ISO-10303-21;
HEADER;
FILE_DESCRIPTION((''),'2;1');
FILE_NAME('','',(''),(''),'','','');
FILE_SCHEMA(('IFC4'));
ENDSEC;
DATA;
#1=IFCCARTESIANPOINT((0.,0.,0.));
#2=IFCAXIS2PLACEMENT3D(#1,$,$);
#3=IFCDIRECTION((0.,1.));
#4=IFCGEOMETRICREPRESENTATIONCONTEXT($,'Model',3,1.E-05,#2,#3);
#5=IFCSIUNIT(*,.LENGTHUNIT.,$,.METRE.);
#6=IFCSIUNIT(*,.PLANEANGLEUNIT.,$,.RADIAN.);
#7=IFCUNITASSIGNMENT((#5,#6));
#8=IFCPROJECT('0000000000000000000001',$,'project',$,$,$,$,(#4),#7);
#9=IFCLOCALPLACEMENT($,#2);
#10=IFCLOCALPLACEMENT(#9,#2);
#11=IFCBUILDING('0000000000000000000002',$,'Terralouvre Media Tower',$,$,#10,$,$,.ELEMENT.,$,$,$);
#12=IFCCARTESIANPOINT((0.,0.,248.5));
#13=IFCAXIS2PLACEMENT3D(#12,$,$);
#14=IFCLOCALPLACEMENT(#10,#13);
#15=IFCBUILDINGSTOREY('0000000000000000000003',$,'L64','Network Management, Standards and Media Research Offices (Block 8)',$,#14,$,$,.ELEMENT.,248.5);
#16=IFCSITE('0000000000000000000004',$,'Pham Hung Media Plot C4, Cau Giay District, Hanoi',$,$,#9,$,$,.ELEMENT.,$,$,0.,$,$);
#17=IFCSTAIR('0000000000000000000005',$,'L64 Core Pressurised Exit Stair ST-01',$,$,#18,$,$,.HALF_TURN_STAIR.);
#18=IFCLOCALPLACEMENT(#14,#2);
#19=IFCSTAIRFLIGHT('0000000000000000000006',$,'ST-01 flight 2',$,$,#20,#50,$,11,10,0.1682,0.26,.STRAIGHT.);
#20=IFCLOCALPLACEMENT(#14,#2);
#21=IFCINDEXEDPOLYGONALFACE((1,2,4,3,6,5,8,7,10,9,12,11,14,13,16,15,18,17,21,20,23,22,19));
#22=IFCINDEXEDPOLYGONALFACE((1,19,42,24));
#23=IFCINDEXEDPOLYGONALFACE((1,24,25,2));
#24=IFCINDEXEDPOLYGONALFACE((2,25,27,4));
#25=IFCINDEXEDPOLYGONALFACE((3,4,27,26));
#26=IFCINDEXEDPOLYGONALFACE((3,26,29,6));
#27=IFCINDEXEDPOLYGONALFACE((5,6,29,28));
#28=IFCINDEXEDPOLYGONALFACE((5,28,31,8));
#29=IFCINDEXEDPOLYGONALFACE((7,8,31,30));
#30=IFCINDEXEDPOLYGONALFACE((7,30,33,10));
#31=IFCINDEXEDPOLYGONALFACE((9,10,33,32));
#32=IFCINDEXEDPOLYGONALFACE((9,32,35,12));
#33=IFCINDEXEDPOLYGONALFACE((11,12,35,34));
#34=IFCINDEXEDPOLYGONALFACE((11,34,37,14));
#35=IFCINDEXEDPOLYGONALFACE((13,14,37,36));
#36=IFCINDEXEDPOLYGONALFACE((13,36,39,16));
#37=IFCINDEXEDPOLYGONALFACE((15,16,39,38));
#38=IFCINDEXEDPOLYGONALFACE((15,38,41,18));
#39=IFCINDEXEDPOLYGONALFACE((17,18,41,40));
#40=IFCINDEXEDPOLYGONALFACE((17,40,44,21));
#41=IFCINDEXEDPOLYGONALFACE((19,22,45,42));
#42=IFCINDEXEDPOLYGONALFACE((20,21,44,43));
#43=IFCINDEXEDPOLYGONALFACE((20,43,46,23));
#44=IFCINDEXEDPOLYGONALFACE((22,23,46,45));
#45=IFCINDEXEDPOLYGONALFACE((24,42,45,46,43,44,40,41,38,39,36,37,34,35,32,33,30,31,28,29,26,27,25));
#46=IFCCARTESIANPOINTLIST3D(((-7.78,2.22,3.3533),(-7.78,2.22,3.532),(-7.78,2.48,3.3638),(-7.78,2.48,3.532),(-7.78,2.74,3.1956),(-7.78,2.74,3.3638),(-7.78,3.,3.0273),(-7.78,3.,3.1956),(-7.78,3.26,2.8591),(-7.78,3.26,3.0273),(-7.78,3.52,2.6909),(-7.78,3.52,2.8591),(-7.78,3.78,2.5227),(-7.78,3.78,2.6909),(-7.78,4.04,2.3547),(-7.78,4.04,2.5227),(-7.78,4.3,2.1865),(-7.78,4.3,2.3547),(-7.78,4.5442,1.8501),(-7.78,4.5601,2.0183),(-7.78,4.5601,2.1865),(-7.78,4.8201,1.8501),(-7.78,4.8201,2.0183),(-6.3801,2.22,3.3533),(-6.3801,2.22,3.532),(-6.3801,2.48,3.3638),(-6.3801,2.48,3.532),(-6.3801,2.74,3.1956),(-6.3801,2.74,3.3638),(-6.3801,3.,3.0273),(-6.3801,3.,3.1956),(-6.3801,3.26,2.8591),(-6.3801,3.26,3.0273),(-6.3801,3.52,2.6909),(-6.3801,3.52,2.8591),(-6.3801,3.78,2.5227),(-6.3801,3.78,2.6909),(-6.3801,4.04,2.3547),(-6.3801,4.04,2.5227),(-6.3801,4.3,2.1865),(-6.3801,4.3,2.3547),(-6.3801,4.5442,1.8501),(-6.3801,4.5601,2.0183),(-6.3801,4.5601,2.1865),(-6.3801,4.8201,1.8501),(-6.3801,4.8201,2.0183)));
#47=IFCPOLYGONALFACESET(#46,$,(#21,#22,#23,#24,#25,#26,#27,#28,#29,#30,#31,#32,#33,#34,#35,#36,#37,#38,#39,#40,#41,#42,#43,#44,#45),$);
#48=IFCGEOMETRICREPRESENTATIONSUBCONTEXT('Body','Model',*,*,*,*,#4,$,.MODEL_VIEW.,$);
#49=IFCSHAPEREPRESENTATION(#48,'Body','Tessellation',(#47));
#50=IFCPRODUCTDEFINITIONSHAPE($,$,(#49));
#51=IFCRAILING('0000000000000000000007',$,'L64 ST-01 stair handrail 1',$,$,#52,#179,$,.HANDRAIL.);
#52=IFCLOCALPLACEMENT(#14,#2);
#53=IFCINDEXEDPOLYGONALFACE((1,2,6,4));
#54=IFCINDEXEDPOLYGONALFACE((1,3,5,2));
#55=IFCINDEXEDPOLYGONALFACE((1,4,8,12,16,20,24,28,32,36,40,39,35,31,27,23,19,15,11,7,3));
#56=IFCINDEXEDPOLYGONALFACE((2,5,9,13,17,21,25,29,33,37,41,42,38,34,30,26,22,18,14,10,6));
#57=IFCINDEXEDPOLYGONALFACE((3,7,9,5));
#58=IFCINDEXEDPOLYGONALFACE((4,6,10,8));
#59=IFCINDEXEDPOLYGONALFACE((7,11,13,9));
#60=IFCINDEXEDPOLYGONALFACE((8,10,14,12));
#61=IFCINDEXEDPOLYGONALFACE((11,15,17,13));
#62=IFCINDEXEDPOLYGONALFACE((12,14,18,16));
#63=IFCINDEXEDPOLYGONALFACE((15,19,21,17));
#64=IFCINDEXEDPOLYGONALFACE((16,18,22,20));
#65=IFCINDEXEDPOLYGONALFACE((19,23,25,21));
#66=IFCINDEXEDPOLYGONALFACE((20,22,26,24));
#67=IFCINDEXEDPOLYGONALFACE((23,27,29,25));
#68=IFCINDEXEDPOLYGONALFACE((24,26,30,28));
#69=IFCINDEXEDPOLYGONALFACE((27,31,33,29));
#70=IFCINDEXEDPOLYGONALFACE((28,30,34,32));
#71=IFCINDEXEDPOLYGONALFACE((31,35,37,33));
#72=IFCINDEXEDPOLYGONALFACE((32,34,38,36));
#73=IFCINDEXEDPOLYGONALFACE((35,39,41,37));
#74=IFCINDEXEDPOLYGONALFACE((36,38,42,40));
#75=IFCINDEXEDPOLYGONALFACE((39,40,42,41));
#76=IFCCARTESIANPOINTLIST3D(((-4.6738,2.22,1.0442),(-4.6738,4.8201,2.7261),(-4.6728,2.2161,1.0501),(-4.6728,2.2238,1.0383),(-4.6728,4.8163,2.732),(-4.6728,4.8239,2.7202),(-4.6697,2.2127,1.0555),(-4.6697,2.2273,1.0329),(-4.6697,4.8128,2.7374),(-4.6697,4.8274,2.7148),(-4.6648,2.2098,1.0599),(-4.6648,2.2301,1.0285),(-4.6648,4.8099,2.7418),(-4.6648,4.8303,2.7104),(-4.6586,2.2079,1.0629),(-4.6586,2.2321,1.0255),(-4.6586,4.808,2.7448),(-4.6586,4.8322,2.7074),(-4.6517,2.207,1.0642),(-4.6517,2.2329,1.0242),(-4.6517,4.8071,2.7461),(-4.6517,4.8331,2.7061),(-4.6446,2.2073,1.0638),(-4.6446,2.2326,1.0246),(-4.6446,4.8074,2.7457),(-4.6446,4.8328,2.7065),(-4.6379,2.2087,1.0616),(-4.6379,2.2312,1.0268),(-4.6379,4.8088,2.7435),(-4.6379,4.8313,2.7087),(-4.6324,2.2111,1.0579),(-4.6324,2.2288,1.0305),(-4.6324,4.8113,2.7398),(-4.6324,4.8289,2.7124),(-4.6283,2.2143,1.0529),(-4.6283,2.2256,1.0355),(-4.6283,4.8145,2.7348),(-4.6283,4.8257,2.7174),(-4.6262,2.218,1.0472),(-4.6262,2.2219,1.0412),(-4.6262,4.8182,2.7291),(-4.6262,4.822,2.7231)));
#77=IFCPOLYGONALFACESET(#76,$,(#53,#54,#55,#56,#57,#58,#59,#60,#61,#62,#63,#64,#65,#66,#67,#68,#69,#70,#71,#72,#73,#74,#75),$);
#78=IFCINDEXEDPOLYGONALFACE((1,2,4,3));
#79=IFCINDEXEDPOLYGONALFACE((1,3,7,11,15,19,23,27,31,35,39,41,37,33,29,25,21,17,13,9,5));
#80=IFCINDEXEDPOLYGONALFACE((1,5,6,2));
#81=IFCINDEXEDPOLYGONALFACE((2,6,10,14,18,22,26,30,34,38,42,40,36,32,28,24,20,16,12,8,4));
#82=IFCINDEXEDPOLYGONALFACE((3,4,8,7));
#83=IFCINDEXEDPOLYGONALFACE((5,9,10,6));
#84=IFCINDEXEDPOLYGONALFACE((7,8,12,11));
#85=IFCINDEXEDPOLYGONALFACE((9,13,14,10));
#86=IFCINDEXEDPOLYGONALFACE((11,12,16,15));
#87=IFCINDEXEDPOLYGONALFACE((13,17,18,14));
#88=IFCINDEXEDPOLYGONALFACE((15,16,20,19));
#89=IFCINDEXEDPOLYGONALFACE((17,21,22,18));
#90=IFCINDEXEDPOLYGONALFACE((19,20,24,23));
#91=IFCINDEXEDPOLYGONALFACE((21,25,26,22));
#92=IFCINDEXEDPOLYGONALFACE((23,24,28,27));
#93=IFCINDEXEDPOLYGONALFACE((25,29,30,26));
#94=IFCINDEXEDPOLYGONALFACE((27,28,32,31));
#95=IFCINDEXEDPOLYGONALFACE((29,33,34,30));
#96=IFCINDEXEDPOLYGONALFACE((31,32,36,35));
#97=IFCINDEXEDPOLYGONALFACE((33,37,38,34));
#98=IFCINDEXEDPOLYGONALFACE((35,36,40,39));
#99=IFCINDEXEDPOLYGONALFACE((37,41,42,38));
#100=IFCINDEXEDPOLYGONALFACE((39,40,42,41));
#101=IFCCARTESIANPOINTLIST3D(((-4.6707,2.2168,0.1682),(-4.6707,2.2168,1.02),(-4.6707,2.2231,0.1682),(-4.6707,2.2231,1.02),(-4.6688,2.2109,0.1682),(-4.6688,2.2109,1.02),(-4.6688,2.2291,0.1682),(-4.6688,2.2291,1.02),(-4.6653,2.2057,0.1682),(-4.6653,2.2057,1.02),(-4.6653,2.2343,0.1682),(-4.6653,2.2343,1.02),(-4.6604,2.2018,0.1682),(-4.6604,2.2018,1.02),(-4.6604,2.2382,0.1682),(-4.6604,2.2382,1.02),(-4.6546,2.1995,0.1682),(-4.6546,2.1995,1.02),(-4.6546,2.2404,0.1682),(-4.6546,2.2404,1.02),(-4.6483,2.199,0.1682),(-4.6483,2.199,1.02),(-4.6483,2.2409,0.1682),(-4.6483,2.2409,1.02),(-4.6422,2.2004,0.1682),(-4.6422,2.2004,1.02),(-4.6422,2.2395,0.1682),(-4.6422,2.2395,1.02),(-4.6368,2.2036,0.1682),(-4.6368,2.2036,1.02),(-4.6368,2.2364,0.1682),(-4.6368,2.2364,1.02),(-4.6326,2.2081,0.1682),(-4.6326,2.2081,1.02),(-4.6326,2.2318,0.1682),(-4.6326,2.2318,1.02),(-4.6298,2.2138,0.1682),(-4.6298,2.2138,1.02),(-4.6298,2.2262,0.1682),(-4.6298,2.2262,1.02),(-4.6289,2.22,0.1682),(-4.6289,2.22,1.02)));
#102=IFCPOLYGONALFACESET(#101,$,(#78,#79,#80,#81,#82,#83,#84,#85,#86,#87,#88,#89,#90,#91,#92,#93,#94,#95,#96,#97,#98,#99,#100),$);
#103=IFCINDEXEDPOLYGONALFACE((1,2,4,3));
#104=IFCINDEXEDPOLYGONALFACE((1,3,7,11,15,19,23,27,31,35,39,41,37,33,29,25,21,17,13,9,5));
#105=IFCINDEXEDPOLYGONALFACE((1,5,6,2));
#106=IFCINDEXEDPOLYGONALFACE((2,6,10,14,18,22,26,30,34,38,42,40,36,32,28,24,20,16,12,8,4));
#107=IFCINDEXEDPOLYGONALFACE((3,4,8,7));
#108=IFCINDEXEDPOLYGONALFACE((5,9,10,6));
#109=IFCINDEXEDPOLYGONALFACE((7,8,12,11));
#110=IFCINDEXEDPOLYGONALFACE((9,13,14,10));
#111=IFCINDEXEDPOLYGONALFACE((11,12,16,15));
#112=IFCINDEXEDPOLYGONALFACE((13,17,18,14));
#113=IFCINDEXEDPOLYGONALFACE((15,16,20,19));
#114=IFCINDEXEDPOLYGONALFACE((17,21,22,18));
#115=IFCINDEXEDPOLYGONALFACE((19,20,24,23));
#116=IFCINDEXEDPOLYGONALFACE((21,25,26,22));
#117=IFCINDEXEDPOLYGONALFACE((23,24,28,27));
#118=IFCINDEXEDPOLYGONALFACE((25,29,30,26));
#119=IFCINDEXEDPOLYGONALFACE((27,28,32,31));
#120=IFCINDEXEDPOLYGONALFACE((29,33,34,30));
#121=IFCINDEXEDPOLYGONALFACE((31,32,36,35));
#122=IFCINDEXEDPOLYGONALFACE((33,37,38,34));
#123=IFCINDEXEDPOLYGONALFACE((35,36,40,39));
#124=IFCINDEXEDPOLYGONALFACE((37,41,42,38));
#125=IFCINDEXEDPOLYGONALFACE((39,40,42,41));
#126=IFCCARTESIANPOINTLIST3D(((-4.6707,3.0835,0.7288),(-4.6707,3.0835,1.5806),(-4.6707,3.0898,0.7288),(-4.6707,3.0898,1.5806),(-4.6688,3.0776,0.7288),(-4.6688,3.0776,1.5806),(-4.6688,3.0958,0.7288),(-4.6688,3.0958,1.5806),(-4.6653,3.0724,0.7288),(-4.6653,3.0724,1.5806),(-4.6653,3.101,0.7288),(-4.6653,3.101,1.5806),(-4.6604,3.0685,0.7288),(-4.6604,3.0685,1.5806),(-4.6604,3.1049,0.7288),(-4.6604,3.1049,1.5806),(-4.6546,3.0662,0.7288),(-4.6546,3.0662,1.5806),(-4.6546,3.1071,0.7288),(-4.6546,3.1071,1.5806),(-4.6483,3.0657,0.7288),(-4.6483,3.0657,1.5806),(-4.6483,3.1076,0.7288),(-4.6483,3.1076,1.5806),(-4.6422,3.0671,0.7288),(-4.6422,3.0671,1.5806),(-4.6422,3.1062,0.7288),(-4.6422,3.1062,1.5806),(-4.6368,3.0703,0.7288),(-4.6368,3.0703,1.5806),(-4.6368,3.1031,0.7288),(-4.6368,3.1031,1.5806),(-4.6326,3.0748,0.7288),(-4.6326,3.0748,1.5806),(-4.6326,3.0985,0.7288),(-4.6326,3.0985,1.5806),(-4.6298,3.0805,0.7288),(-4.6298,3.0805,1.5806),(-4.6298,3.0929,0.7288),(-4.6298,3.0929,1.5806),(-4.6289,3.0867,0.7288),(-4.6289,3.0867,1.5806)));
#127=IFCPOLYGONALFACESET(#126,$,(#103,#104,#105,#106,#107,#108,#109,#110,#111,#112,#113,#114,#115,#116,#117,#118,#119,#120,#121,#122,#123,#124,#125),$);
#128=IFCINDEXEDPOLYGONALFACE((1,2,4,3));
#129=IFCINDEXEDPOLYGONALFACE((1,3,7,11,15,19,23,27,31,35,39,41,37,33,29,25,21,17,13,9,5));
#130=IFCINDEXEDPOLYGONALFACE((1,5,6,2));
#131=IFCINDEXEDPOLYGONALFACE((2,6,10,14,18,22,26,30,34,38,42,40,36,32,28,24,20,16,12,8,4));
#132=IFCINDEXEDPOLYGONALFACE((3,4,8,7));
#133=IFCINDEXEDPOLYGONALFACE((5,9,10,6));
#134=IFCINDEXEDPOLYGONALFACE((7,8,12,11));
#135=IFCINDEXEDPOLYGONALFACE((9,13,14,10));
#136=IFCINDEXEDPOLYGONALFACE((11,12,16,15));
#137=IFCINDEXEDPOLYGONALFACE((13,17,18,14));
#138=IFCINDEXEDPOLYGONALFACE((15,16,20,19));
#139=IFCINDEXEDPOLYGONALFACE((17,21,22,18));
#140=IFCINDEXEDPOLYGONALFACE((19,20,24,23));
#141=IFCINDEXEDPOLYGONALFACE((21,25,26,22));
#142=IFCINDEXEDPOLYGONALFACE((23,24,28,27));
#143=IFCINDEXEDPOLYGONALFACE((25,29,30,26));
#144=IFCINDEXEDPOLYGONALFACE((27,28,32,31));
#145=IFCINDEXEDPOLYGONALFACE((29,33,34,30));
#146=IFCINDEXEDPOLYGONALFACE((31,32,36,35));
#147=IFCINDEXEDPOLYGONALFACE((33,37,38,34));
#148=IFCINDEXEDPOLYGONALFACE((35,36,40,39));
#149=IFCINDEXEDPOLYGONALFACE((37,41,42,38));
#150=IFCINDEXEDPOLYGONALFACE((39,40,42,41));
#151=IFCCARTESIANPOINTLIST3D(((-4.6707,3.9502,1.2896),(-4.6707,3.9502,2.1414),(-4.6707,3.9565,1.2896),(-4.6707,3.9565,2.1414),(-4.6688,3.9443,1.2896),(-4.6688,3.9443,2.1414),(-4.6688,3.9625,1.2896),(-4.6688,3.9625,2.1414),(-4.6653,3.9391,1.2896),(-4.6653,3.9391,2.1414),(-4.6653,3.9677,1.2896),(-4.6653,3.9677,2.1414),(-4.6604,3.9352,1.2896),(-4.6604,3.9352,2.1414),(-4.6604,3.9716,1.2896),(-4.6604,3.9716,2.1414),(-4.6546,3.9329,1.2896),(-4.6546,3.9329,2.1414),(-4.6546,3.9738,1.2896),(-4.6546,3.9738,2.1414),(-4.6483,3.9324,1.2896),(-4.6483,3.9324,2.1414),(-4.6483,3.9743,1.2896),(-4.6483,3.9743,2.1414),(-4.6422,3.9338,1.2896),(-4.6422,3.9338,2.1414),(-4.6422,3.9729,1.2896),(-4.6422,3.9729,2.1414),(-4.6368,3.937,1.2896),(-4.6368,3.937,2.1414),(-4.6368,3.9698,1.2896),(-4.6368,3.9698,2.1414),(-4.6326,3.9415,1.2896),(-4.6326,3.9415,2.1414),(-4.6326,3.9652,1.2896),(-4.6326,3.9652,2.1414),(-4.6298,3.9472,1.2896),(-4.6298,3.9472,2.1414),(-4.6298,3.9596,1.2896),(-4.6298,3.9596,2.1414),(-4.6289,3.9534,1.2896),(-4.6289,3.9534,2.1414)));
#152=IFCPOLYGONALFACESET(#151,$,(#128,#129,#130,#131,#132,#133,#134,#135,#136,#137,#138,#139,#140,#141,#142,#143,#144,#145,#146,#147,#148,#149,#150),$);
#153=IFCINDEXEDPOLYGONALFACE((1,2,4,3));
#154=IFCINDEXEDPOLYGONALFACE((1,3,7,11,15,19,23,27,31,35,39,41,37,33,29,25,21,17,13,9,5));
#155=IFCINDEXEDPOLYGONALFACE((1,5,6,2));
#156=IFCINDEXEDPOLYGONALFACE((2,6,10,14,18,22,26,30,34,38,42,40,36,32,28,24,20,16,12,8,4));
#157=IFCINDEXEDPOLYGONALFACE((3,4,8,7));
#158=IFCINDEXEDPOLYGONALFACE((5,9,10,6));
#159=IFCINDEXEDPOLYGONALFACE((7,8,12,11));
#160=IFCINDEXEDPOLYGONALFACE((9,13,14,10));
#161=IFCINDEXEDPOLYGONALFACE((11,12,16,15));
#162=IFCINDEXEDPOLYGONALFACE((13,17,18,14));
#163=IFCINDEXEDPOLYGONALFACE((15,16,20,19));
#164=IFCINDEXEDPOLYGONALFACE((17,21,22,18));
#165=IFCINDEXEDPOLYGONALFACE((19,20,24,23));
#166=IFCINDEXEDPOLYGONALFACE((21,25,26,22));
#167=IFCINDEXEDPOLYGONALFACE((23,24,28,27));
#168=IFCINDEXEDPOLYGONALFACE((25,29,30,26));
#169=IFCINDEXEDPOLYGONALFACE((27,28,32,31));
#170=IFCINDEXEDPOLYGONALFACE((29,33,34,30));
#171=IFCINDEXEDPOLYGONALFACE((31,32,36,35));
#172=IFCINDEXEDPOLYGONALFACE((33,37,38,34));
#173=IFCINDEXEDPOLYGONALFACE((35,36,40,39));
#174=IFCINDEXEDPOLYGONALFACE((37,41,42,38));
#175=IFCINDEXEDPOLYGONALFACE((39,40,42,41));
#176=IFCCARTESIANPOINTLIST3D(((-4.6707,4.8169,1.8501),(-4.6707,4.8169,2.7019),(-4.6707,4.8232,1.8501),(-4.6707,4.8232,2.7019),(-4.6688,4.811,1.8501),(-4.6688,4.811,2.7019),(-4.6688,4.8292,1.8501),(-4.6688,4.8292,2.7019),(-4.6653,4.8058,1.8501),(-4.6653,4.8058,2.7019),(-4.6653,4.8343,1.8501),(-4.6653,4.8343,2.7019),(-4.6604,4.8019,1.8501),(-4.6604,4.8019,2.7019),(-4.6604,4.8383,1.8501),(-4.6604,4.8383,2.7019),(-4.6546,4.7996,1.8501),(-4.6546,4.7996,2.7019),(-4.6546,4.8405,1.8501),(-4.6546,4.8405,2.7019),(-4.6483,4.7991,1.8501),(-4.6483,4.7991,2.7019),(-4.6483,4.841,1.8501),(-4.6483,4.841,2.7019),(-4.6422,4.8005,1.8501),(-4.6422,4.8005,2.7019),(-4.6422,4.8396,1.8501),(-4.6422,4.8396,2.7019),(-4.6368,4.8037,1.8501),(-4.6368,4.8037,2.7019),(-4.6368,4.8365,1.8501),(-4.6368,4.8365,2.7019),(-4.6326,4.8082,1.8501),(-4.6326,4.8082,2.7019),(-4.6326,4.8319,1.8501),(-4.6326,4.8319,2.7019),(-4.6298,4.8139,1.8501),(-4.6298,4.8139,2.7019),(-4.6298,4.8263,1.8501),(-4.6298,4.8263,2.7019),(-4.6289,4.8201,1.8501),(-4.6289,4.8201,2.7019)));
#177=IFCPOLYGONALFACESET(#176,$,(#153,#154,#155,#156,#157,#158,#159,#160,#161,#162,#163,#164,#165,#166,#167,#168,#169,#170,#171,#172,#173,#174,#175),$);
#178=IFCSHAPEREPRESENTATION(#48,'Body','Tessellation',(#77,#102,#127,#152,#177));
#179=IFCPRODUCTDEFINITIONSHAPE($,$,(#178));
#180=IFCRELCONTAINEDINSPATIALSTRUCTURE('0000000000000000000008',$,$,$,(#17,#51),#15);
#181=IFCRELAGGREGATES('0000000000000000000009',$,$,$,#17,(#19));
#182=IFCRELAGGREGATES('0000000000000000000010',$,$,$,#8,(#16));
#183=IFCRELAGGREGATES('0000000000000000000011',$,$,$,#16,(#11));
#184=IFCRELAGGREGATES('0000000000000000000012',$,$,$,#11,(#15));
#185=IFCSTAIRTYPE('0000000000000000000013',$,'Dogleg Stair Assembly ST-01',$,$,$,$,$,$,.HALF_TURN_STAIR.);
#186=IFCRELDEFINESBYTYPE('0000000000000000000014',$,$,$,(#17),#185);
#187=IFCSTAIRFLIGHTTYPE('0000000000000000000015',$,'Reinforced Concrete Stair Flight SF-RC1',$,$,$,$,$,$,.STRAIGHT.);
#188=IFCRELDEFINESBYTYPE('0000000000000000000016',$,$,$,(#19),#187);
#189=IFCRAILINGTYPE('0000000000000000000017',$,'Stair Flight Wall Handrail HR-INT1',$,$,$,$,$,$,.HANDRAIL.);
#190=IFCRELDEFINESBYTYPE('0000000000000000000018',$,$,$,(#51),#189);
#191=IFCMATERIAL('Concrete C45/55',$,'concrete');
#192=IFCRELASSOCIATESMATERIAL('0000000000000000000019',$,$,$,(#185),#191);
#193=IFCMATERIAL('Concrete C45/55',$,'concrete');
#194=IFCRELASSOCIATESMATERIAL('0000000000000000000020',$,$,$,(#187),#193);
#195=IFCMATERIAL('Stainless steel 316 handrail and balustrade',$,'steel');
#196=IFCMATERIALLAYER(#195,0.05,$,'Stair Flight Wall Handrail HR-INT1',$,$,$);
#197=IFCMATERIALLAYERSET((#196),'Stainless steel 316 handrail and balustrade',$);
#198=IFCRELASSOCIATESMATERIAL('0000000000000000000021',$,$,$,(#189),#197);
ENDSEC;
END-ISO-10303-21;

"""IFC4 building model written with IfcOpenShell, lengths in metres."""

from ifc_helpers import new_model, si_unit, direction, frame, origin, origin_2d, place, context, subcontext, project, spatial, polyline, circle, outline, extrude, material, layer, layer_set, type_object, element, aggregate, save


model = new_model("IFC4")

# Units and contexts
model_context = context("Model", 3, precision=1e-05, world=origin(), true_north=direction((0.0, 1.0)))
body_context = subcontext(model_context, "Body", "Model", "MODEL_VIEW")
ifc_project = project(units=[si_unit("LENGTHUNIT", "METRE"), si_unit("PLANEANGLEUNIT", "RADIAN")], contexts=[model_context])

# Site, building, storey
site_placement = place(None, origin())
site = spatial("IfcSite", under=ifc_project, at=site_placement, Name="Pham Hung Media Plot C4, Cau Giay District, Hanoi", CompositionType="ELEMENT", RefElevation=0.0)
building_placement = place(site_placement, origin())
building = spatial("IfcBuilding", under=site, at=building_placement, Name="Terralouvre Media Tower", CompositionType="ELEMENT")
storey_placement = place(building_placement, frame((0.0, 0.0, 248.5)))
storey = spatial("IfcBuildingStorey", under=building, at=storey_placement, Name="L64", Description="Network Management, Standards and Media Research Offices (Block 8)", CompositionType="ELEMENT", Elevation=248.5)

# Stair, stair flight
ifc_material_1 = material(Name="Concrete C45/55", Category="concrete")
stair_type = type_object("IfcStairType", Name="Dogleg Stair Assembly ST-01", PredefinedType="HALF_TURN_STAIR", material=ifc_material_1)
stair_placement = place(storey_placement, origin())
stair = element("IfcStair", 1, at=stair_placement, inside=storey, type_object=stair_type, Name="L64 Core Pressurised Exit Stair ST-01", PredefinedType="HALF_TURN_STAIR")
ifc_material_2 = material(Name="Concrete C45/55", Category="concrete")
stair_flight_type = type_object("IfcStairFlightType", Name="Reinforced Concrete Stair Flight SF-RC1", PredefinedType="STRAIGHT", material=ifc_material_2)
stair_flight_1_placement = place(storey_placement, frame((-7.0801, 4.8201, 1.8501), z_axis=(0.0, 0.0, 1.0), x_axis=(0.0, -1.0, 0.0)))
stair_flight_1 = element("IfcStairFlight", 2, at=stair_flight_1_placement, type_object=stair_flight_type, Name="ST-01 flight 2", NumberOfRisers=11, NumberOfTreads=10, PredefinedType="STRAIGHT", RiserHeight=0.1682, TreadLength=0.26, context=body_context, shape_type="SweptSolid", body=[
    extrude(outline(polyline([(0.0, 0.0), (0.0, 0.1682), (0.26, 0.1682), (0.26, 0.3364), (0.52, 0.3364), (0.52, 0.5046), (0.78, 0.5046), (0.78, 0.6726), (1.04, 0.6726), (1.04, 0.8408), (1.3, 0.8408), (1.3, 1.009), (1.5601, 1.009), (1.5601, 1.1772), (1.8201, 1.1772), (1.8201, 1.3455), (2.0801, 1.3455), (2.0801, 1.5137), (2.3401, 1.5137), (2.3401, 1.6819), (2.6001, 1.6819), (2.6001, 1.8501), (2.6001, 1.5032), (0.2759, 0.0), (0.0, 0.0)])), frame((0.0, 0.7, 0.0), z_axis=(0.0, -1.0, 0.0), x_axis=(1.0, 0.0, 0.0)), (0.0, 0.0, 1.0), 1.3999),
])
aggregate(stair, [stair_flight_1])

# Railing
ifc_material_3 = material(Name="Stainless steel 316 handrail and balustrade", Category="steel")
ifc_layer_1 = layer(ifc_material_3, 0.05, Name="Stair Flight Wall Handrail HR-INT1")
ifc_layer_set_1 = layer_set([ifc_layer_1], Name="Stainless steel 316 handrail and balustrade")
railing_type_1 = type_object("IfcRailingType", Name="Stair Flight Wall Handrail HR-INT1", PredefinedType="HANDRAIL", material=ifc_layer_set_1)
railing_1_placement = place(storey_placement, frame((-4.6499, 2.22, 0.1682)))
element("IfcRailing", 3, at=railing_1_placement, inside=storey, type_object=railing_type_1, Name="L64 ST-01 stair handrail 1", PredefinedType="HANDRAIL", context=body_context, shape_type="SweptSolid", body=[
    extrude(circle(Radius=0.0239, at=origin_2d()), frame((0.0, 0.0, 0.876), z_axis=(0.0, 0.839648, 0.54313), x_axis=(-1.0, 0.0, 0.0)), (0.0, 0.0, 1.0), 3.0967),
    extrude(circle(Radius=0.021, at=origin_2d()), origin(), (0.0, 0.0, 1.0), 0.8518),
    extrude(circle(Radius=0.021, at=origin_2d()), frame((0.0, 0.8667, 0.5605)), (0.0, 0.0, 1.0), 0.8518),
    extrude(circle(Radius=0.021, at=origin_2d()), frame((0.0, 1.7334, 1.1213)), (0.0, 0.0, 1.0), 0.8518),
    extrude(circle(Radius=0.021, at=origin_2d()), frame((0.0, 2.6001, 1.6819)), (0.0, 0.0, 1.0), 0.8518),
])

save(model, "model.ifc")
